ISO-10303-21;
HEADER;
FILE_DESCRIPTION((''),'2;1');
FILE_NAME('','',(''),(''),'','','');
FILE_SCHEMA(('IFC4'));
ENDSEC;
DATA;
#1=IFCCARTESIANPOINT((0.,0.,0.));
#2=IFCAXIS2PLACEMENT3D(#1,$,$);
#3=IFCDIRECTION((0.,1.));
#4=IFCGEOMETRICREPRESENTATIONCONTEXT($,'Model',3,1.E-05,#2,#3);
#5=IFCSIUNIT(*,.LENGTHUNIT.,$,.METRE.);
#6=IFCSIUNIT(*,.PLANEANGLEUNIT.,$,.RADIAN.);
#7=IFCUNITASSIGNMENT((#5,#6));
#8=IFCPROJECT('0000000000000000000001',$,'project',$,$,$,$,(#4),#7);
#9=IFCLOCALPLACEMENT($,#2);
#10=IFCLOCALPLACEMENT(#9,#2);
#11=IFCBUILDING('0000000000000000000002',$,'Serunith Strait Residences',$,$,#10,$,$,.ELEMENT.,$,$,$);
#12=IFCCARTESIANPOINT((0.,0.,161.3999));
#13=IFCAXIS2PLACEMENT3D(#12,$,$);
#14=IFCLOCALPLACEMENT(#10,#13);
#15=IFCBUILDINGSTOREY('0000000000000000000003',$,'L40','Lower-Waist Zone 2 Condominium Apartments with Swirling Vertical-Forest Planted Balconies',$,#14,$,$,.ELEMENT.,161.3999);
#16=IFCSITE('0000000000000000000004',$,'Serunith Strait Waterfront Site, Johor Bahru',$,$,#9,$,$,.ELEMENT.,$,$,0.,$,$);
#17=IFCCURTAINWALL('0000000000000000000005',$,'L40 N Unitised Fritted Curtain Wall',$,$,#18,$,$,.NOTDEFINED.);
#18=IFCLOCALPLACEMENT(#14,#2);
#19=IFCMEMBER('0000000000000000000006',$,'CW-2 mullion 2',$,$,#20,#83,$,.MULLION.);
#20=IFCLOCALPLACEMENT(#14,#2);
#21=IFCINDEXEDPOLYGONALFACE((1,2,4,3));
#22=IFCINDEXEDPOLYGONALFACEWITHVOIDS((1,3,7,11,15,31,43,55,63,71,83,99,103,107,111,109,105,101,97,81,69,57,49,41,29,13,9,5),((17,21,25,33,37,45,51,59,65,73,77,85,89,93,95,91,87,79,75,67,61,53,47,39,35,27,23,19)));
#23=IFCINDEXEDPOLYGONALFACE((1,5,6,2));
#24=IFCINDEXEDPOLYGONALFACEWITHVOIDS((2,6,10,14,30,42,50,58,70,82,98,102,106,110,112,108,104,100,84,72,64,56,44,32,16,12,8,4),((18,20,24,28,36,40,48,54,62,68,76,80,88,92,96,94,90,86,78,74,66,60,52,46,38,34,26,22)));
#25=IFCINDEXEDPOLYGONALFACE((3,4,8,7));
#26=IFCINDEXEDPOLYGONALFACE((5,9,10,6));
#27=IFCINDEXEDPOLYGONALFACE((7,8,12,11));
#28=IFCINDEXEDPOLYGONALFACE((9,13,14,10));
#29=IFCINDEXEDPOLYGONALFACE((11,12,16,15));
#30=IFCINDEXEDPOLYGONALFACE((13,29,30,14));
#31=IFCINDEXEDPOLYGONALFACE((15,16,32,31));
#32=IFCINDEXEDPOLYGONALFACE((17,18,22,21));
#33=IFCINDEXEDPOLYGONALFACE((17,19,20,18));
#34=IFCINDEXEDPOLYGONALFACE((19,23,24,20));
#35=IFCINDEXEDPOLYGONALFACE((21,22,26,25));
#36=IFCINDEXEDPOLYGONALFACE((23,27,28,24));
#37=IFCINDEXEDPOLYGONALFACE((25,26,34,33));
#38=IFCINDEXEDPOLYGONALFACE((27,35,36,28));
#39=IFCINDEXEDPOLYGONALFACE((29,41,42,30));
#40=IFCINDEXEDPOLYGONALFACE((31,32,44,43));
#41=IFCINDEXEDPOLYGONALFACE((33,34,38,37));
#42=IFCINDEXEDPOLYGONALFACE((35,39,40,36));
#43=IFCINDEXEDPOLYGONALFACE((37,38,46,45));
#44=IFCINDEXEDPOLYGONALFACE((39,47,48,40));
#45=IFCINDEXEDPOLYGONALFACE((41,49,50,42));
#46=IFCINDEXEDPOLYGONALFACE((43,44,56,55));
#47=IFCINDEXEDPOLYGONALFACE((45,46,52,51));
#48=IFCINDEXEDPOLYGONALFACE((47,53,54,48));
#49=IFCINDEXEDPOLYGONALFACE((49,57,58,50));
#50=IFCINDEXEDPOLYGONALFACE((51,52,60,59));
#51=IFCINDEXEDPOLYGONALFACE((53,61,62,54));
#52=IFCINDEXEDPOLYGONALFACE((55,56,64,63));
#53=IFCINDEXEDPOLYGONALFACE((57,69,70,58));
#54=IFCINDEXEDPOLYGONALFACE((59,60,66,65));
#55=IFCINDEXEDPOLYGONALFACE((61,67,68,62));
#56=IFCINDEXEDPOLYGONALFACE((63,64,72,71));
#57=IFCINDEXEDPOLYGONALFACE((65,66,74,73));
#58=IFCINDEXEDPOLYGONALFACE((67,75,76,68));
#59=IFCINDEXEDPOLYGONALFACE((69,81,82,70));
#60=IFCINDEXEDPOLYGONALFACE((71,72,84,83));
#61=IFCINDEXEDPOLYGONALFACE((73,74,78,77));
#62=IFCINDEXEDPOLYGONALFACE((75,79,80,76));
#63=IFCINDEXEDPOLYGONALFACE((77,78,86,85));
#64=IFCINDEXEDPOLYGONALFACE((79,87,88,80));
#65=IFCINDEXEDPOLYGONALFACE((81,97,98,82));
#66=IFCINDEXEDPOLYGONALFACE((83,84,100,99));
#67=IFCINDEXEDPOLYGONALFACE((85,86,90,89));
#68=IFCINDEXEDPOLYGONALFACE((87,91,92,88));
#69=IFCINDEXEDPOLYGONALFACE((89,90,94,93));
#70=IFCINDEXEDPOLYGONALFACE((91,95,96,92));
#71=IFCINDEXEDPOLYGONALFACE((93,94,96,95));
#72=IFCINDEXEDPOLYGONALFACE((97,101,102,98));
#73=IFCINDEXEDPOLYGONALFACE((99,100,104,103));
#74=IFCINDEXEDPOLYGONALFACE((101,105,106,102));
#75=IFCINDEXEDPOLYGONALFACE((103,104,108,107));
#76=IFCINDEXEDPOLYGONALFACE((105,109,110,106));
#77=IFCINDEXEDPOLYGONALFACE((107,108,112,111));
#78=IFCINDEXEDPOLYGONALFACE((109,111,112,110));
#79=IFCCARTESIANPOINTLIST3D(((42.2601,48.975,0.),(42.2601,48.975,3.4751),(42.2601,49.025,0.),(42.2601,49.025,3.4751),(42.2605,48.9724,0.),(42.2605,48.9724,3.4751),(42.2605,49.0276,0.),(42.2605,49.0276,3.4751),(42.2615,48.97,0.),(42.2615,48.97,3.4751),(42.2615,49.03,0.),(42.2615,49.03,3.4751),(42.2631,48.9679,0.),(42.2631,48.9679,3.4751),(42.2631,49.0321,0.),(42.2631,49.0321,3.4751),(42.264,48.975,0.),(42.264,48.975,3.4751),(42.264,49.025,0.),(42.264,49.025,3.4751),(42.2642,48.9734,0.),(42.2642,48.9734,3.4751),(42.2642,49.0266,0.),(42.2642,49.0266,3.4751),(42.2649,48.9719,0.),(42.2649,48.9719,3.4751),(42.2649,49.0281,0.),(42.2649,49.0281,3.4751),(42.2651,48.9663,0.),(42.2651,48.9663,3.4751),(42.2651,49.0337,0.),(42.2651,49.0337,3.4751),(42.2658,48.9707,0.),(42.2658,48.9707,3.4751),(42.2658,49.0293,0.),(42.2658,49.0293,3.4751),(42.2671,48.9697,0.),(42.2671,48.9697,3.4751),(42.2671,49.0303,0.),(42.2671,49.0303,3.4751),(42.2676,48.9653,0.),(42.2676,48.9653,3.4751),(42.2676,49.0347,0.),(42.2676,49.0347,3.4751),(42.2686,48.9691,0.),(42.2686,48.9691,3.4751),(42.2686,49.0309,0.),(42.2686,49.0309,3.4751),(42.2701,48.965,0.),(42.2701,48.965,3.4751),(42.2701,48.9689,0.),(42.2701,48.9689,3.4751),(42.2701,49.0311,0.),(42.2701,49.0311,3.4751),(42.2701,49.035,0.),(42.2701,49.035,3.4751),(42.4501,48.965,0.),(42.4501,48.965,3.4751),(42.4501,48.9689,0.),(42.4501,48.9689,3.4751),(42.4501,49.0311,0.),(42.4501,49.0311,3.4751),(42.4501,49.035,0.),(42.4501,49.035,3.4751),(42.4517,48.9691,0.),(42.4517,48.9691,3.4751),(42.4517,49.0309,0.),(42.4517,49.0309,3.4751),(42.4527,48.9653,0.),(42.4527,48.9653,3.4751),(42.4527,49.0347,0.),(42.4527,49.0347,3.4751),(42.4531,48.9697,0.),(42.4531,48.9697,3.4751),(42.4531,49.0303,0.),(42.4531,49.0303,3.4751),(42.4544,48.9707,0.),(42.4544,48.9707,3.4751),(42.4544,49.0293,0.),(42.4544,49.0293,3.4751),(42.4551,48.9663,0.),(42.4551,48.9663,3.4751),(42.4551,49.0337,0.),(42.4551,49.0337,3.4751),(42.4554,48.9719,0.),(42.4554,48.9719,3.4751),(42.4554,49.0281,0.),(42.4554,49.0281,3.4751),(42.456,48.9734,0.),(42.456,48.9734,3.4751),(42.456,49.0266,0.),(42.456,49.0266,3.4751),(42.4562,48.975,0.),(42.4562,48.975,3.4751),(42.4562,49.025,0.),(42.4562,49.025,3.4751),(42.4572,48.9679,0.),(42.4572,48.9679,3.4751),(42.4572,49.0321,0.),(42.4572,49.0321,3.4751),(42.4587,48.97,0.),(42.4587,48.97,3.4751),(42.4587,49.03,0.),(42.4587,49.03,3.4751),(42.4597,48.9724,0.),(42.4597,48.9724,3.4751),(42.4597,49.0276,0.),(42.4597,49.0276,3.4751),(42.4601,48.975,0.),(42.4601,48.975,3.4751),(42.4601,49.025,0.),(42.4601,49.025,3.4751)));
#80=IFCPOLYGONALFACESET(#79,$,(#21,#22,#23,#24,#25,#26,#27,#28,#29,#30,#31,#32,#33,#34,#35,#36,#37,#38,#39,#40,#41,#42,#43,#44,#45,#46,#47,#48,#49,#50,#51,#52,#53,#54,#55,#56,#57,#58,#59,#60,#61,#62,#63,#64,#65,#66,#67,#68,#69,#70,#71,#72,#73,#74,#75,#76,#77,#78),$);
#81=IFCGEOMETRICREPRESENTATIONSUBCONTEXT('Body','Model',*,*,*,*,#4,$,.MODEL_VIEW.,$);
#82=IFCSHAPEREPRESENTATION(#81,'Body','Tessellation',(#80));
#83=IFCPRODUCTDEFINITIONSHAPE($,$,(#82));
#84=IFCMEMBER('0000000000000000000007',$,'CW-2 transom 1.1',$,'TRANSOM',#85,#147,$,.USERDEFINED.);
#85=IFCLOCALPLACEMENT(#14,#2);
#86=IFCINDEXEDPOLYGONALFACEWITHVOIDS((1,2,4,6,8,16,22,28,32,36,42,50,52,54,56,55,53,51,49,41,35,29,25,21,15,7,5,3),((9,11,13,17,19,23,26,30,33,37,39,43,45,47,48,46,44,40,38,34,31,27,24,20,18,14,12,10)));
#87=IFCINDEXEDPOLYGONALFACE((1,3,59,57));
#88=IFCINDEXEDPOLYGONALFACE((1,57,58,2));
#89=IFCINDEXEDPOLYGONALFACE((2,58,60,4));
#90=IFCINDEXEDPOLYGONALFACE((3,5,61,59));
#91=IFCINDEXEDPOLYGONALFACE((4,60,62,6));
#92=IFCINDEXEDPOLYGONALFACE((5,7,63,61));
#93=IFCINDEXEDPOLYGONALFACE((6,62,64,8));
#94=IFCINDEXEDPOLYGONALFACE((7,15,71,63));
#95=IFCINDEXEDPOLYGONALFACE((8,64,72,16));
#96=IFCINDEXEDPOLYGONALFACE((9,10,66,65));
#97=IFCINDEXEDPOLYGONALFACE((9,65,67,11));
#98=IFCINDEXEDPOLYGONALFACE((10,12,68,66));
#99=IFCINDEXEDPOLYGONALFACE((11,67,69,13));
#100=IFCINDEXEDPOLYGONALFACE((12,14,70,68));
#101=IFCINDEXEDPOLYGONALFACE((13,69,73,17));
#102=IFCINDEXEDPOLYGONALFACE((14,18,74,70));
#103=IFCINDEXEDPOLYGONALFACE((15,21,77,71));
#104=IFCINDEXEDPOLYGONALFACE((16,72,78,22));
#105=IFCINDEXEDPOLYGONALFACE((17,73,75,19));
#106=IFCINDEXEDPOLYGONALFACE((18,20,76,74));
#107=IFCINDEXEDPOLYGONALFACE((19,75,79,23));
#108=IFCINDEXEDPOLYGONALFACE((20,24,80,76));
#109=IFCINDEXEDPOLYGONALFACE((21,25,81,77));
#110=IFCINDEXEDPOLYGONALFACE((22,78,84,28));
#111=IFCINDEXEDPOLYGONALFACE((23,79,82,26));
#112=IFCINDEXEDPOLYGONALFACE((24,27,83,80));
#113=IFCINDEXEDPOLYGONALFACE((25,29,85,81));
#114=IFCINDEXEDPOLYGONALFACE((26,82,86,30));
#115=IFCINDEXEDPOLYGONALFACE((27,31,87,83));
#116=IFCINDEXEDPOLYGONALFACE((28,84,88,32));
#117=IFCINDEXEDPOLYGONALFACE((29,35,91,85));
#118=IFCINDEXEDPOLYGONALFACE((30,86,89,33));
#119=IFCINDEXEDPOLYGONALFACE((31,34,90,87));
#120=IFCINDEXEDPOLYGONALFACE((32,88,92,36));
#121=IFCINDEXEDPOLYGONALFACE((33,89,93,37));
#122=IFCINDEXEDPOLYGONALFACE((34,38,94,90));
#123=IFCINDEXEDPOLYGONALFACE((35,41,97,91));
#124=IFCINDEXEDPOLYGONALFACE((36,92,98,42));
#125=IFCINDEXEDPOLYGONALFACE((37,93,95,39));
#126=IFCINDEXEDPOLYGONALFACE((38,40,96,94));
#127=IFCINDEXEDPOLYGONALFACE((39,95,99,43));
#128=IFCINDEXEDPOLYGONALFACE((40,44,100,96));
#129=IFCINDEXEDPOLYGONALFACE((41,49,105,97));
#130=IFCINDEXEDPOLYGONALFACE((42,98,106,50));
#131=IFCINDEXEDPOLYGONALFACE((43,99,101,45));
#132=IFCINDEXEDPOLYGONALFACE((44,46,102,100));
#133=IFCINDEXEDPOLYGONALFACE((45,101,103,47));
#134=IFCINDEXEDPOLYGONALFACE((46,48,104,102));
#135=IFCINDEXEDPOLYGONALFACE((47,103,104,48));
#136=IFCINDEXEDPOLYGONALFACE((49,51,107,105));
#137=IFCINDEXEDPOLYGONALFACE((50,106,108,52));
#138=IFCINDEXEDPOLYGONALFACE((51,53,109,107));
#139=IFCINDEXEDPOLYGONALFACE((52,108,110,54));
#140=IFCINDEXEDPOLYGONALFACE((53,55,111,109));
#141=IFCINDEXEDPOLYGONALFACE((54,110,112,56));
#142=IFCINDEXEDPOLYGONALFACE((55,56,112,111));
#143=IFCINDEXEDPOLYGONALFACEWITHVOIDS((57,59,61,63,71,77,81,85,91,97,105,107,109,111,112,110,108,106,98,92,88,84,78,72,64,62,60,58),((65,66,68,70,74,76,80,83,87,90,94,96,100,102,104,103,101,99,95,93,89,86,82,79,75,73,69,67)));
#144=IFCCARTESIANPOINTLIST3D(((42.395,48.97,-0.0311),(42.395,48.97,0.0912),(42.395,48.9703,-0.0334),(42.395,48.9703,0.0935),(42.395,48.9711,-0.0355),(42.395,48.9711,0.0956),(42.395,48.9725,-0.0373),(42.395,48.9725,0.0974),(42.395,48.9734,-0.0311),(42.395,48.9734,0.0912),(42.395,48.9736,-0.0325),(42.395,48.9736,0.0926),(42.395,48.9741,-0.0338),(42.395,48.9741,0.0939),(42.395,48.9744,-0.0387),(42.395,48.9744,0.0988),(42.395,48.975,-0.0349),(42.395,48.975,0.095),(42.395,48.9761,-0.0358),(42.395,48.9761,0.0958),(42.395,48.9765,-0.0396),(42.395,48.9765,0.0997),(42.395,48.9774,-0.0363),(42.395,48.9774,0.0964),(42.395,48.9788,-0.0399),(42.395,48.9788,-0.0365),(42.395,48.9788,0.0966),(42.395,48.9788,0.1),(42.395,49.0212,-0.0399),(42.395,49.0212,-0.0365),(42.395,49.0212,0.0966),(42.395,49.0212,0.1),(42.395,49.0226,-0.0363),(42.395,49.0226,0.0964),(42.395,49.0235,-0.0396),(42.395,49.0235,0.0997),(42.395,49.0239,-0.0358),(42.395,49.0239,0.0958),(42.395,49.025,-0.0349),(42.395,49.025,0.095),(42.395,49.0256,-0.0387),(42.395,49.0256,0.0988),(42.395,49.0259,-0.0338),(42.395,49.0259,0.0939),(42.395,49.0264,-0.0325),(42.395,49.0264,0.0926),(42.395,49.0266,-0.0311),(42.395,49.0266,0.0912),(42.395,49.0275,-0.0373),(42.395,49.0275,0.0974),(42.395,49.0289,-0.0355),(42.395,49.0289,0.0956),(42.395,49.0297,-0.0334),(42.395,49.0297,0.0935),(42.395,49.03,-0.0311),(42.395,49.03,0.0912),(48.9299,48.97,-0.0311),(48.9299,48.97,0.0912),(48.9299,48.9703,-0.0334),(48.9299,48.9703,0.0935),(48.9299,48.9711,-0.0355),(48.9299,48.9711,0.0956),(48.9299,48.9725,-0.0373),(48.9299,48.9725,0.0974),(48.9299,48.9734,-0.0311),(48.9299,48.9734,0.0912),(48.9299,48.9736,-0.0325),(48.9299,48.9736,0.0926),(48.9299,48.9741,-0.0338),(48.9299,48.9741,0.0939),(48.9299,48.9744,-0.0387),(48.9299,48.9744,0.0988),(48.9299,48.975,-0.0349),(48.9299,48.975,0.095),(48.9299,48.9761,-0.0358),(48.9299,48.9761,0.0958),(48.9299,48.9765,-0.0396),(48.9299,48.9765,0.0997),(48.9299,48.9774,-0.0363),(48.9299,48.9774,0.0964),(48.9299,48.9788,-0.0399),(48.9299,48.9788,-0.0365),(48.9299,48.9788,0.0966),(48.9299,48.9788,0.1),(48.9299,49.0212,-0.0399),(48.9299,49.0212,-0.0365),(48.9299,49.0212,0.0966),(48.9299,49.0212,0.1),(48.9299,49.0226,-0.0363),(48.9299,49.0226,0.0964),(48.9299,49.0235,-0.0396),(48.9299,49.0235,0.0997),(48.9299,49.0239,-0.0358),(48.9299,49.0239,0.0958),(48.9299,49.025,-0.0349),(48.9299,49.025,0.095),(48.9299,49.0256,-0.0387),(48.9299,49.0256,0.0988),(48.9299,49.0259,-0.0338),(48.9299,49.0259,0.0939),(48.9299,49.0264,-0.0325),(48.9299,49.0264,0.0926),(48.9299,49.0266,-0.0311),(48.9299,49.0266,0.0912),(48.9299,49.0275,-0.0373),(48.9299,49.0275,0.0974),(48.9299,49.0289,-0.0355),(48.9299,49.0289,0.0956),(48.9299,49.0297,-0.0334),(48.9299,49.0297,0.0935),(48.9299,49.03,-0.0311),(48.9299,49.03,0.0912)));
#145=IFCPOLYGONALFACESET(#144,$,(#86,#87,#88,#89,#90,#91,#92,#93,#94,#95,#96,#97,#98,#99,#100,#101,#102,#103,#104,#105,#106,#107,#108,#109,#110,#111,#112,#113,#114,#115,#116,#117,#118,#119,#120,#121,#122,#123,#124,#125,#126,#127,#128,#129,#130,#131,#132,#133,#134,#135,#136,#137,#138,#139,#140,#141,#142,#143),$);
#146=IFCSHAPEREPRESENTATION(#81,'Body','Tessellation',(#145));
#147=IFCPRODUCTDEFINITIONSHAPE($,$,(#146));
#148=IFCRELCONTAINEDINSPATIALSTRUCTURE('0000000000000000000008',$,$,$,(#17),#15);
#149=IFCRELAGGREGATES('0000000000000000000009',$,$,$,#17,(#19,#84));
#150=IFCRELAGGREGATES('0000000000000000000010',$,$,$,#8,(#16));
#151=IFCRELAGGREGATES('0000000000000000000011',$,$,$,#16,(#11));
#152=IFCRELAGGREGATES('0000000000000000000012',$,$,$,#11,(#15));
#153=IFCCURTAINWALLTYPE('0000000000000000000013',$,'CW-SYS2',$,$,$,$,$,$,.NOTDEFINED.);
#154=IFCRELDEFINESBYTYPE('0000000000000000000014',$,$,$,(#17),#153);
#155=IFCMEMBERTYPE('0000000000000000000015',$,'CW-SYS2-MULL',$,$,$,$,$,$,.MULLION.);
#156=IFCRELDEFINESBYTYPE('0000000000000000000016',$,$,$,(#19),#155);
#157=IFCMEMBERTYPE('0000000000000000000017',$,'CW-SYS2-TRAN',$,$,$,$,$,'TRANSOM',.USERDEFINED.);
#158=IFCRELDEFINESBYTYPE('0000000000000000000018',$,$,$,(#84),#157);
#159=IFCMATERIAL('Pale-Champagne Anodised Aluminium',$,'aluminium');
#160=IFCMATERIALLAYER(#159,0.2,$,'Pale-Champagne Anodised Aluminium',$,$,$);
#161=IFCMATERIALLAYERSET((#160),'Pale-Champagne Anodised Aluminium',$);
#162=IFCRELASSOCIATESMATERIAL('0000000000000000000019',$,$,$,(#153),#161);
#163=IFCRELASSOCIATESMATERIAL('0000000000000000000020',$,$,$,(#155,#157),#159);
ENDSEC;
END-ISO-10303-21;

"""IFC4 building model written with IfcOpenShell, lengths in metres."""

from ifc_helpers import new_model, si_unit, direction, frame, origin, origin_2d, place, context, subcontext, project, spatial, hollow_rectangle, extrude, source, transform, mapped, material, layer, layer_set, material_profile, profile_set, type_object, element, aggregate, save


model = new_model("IFC4")

# Units and contexts
model_context = context("Model", 3, precision=1e-05, world=origin(), true_north=direction((0.0, 1.0)))
body_context = subcontext(model_context, "Body", "Model", "MODEL_VIEW")
ifc_project = project(units=[si_unit("LENGTHUNIT", "METRE"), si_unit("PLANEANGLEUNIT", "RADIAN")], contexts=[model_context])

# Site, building, storey
site_placement = place(None, origin())
site = spatial("IfcSite", under=ifc_project, at=site_placement, Name="Serunith Strait Waterfront Site, Johor Bahru", CompositionType="ELEMENT", RefElevation=0.0)
building_placement = place(site_placement, origin())
building = spatial("IfcBuilding", under=site, at=building_placement, Name="Serunith Strait Residences", CompositionType="ELEMENT")
storey_placement = place(building_placement, frame((0.0, 0.0, 161.3999)))
storey = spatial("IfcBuildingStorey", under=building, at=storey_placement, Name="L40", Description="Lower-Waist Zone 2 Condominium Apartments with Swirling Vertical-Forest Planted Balconies", CompositionType="ELEMENT", Elevation=161.3999)

# Shared definitions
ifc_material_1 = material(Name="Pale-Champagne Anodised Aluminium", Category="aluminium")
ifc_layer_1 = layer(ifc_material_1, 0.2, Name="Pale-Champagne Anodised Aluminium")
ifc_layer_set_1 = layer_set([ifc_layer_1], Name="Pale-Champagne Anodised Aluminium")
curtain_wall_type = type_object("IfcCurtainWallType", Name="CW-SYS2", PredefinedType="NOTDEFINED", material=ifc_layer_set_1)
ifc_material_profile_1 = material_profile(ifc_material_1, hollow_rectangle(XDim=0.0701, YDim=0.2, WallThickness=0.0039, InnerFilletRadius=0.0061, OuterFilletRadius=0.01, at=origin_2d()), Name="ALU 200x70x4")
ifc_profile_set_1 = profile_set([ifc_material_profile_1], Name="Pale-Champagne Anodised Aluminium")
member_type_1 = type_object("IfcMemberType", Name="CW-SYS2-MULL", PredefinedType="MULLION", material=ifc_profile_set_1)
shared_shape_1 = source(origin(), body_context, "Body", "SweptSolid", [
    extrude(hollow_rectangle(XDim=0.0701, YDim=0.2, WallThickness=0.0039, InnerFilletRadius=0.0061, OuterFilletRadius=0.01, at=origin_2d()), origin(), (0.0, 0.0, 1.0), 3.4751),
])

# Curtain wall, members
curtain_wall_1_placement = place(storey_placement, origin())
curtain_wall_1 = element("IfcCurtainWall", 1, at=curtain_wall_1_placement, inside=storey, type_object=curtain_wall_type, Name="L40 N Unitised Fritted Curtain Wall", PredefinedType="NOTDEFINED")
member_1_placement = place(storey_placement, frame((42.3601, 49.0, 0.0), z_axis=(0.0, 0.0, 1.0), x_axis=(0.0, -1.0, 0.0)))
member_1 = element("IfcMember", 2, at=member_1_placement, type_object=member_type_1, Name="CW-2 mullion 2", PredefinedType="MULLION", context=body_context, shape_type="MappedRepresentation", body=[
    mapped(shared_shape_1, transform((0.0, 0.0, 0.0), scale=1.0)),
])
ifc_material_profile_2 = material_profile(ifc_material_1, hollow_rectangle(XDim=0.0601, YDim=0.1399, WallThickness=0.0034, InnerFilletRadius=0.0054, OuterFilletRadius=0.0088, at=origin_2d()), Name="ALU 140x60x3.5")
ifc_profile_set_2 = profile_set([ifc_material_profile_2], Name="Pale-Champagne Anodised Aluminium")
member_type_2 = type_object("IfcMemberType", Name="CW-SYS2-TRAN", ElementType="TRANSOM", PredefinedType="USERDEFINED", material=ifc_profile_set_2)
shared_shape_2 = source(origin(), body_context, "Body", "SweptSolid", [
    extrude(hollow_rectangle(XDim=0.0601, YDim=0.1399, WallThickness=0.0034, InnerFilletRadius=0.0054, OuterFilletRadius=0.0088, at=origin_2d()), origin(), (0.0, 0.0, 1.0), 6.5349),
])
member_2_placement = place(storey_placement, frame((48.9299, 49.0, 0.03), z_axis=(-1.0, 0.0, 0.0), x_axis=(0.0, -1.0, 0.0)))
member_2 = element("IfcMember", 3, at=member_2_placement, type_object=member_type_2, Name="CW-2 transom 1.1", ObjectType="TRANSOM", PredefinedType="USERDEFINED", context=body_context, shape_type="MappedRepresentation", body=[
    mapped(shared_shape_2, transform((0.0, 0.0, 0.0), scale=1.0)),
])
aggregate(curtain_wall_1, [member_1, member_2])

save(model, "model.ifc")
